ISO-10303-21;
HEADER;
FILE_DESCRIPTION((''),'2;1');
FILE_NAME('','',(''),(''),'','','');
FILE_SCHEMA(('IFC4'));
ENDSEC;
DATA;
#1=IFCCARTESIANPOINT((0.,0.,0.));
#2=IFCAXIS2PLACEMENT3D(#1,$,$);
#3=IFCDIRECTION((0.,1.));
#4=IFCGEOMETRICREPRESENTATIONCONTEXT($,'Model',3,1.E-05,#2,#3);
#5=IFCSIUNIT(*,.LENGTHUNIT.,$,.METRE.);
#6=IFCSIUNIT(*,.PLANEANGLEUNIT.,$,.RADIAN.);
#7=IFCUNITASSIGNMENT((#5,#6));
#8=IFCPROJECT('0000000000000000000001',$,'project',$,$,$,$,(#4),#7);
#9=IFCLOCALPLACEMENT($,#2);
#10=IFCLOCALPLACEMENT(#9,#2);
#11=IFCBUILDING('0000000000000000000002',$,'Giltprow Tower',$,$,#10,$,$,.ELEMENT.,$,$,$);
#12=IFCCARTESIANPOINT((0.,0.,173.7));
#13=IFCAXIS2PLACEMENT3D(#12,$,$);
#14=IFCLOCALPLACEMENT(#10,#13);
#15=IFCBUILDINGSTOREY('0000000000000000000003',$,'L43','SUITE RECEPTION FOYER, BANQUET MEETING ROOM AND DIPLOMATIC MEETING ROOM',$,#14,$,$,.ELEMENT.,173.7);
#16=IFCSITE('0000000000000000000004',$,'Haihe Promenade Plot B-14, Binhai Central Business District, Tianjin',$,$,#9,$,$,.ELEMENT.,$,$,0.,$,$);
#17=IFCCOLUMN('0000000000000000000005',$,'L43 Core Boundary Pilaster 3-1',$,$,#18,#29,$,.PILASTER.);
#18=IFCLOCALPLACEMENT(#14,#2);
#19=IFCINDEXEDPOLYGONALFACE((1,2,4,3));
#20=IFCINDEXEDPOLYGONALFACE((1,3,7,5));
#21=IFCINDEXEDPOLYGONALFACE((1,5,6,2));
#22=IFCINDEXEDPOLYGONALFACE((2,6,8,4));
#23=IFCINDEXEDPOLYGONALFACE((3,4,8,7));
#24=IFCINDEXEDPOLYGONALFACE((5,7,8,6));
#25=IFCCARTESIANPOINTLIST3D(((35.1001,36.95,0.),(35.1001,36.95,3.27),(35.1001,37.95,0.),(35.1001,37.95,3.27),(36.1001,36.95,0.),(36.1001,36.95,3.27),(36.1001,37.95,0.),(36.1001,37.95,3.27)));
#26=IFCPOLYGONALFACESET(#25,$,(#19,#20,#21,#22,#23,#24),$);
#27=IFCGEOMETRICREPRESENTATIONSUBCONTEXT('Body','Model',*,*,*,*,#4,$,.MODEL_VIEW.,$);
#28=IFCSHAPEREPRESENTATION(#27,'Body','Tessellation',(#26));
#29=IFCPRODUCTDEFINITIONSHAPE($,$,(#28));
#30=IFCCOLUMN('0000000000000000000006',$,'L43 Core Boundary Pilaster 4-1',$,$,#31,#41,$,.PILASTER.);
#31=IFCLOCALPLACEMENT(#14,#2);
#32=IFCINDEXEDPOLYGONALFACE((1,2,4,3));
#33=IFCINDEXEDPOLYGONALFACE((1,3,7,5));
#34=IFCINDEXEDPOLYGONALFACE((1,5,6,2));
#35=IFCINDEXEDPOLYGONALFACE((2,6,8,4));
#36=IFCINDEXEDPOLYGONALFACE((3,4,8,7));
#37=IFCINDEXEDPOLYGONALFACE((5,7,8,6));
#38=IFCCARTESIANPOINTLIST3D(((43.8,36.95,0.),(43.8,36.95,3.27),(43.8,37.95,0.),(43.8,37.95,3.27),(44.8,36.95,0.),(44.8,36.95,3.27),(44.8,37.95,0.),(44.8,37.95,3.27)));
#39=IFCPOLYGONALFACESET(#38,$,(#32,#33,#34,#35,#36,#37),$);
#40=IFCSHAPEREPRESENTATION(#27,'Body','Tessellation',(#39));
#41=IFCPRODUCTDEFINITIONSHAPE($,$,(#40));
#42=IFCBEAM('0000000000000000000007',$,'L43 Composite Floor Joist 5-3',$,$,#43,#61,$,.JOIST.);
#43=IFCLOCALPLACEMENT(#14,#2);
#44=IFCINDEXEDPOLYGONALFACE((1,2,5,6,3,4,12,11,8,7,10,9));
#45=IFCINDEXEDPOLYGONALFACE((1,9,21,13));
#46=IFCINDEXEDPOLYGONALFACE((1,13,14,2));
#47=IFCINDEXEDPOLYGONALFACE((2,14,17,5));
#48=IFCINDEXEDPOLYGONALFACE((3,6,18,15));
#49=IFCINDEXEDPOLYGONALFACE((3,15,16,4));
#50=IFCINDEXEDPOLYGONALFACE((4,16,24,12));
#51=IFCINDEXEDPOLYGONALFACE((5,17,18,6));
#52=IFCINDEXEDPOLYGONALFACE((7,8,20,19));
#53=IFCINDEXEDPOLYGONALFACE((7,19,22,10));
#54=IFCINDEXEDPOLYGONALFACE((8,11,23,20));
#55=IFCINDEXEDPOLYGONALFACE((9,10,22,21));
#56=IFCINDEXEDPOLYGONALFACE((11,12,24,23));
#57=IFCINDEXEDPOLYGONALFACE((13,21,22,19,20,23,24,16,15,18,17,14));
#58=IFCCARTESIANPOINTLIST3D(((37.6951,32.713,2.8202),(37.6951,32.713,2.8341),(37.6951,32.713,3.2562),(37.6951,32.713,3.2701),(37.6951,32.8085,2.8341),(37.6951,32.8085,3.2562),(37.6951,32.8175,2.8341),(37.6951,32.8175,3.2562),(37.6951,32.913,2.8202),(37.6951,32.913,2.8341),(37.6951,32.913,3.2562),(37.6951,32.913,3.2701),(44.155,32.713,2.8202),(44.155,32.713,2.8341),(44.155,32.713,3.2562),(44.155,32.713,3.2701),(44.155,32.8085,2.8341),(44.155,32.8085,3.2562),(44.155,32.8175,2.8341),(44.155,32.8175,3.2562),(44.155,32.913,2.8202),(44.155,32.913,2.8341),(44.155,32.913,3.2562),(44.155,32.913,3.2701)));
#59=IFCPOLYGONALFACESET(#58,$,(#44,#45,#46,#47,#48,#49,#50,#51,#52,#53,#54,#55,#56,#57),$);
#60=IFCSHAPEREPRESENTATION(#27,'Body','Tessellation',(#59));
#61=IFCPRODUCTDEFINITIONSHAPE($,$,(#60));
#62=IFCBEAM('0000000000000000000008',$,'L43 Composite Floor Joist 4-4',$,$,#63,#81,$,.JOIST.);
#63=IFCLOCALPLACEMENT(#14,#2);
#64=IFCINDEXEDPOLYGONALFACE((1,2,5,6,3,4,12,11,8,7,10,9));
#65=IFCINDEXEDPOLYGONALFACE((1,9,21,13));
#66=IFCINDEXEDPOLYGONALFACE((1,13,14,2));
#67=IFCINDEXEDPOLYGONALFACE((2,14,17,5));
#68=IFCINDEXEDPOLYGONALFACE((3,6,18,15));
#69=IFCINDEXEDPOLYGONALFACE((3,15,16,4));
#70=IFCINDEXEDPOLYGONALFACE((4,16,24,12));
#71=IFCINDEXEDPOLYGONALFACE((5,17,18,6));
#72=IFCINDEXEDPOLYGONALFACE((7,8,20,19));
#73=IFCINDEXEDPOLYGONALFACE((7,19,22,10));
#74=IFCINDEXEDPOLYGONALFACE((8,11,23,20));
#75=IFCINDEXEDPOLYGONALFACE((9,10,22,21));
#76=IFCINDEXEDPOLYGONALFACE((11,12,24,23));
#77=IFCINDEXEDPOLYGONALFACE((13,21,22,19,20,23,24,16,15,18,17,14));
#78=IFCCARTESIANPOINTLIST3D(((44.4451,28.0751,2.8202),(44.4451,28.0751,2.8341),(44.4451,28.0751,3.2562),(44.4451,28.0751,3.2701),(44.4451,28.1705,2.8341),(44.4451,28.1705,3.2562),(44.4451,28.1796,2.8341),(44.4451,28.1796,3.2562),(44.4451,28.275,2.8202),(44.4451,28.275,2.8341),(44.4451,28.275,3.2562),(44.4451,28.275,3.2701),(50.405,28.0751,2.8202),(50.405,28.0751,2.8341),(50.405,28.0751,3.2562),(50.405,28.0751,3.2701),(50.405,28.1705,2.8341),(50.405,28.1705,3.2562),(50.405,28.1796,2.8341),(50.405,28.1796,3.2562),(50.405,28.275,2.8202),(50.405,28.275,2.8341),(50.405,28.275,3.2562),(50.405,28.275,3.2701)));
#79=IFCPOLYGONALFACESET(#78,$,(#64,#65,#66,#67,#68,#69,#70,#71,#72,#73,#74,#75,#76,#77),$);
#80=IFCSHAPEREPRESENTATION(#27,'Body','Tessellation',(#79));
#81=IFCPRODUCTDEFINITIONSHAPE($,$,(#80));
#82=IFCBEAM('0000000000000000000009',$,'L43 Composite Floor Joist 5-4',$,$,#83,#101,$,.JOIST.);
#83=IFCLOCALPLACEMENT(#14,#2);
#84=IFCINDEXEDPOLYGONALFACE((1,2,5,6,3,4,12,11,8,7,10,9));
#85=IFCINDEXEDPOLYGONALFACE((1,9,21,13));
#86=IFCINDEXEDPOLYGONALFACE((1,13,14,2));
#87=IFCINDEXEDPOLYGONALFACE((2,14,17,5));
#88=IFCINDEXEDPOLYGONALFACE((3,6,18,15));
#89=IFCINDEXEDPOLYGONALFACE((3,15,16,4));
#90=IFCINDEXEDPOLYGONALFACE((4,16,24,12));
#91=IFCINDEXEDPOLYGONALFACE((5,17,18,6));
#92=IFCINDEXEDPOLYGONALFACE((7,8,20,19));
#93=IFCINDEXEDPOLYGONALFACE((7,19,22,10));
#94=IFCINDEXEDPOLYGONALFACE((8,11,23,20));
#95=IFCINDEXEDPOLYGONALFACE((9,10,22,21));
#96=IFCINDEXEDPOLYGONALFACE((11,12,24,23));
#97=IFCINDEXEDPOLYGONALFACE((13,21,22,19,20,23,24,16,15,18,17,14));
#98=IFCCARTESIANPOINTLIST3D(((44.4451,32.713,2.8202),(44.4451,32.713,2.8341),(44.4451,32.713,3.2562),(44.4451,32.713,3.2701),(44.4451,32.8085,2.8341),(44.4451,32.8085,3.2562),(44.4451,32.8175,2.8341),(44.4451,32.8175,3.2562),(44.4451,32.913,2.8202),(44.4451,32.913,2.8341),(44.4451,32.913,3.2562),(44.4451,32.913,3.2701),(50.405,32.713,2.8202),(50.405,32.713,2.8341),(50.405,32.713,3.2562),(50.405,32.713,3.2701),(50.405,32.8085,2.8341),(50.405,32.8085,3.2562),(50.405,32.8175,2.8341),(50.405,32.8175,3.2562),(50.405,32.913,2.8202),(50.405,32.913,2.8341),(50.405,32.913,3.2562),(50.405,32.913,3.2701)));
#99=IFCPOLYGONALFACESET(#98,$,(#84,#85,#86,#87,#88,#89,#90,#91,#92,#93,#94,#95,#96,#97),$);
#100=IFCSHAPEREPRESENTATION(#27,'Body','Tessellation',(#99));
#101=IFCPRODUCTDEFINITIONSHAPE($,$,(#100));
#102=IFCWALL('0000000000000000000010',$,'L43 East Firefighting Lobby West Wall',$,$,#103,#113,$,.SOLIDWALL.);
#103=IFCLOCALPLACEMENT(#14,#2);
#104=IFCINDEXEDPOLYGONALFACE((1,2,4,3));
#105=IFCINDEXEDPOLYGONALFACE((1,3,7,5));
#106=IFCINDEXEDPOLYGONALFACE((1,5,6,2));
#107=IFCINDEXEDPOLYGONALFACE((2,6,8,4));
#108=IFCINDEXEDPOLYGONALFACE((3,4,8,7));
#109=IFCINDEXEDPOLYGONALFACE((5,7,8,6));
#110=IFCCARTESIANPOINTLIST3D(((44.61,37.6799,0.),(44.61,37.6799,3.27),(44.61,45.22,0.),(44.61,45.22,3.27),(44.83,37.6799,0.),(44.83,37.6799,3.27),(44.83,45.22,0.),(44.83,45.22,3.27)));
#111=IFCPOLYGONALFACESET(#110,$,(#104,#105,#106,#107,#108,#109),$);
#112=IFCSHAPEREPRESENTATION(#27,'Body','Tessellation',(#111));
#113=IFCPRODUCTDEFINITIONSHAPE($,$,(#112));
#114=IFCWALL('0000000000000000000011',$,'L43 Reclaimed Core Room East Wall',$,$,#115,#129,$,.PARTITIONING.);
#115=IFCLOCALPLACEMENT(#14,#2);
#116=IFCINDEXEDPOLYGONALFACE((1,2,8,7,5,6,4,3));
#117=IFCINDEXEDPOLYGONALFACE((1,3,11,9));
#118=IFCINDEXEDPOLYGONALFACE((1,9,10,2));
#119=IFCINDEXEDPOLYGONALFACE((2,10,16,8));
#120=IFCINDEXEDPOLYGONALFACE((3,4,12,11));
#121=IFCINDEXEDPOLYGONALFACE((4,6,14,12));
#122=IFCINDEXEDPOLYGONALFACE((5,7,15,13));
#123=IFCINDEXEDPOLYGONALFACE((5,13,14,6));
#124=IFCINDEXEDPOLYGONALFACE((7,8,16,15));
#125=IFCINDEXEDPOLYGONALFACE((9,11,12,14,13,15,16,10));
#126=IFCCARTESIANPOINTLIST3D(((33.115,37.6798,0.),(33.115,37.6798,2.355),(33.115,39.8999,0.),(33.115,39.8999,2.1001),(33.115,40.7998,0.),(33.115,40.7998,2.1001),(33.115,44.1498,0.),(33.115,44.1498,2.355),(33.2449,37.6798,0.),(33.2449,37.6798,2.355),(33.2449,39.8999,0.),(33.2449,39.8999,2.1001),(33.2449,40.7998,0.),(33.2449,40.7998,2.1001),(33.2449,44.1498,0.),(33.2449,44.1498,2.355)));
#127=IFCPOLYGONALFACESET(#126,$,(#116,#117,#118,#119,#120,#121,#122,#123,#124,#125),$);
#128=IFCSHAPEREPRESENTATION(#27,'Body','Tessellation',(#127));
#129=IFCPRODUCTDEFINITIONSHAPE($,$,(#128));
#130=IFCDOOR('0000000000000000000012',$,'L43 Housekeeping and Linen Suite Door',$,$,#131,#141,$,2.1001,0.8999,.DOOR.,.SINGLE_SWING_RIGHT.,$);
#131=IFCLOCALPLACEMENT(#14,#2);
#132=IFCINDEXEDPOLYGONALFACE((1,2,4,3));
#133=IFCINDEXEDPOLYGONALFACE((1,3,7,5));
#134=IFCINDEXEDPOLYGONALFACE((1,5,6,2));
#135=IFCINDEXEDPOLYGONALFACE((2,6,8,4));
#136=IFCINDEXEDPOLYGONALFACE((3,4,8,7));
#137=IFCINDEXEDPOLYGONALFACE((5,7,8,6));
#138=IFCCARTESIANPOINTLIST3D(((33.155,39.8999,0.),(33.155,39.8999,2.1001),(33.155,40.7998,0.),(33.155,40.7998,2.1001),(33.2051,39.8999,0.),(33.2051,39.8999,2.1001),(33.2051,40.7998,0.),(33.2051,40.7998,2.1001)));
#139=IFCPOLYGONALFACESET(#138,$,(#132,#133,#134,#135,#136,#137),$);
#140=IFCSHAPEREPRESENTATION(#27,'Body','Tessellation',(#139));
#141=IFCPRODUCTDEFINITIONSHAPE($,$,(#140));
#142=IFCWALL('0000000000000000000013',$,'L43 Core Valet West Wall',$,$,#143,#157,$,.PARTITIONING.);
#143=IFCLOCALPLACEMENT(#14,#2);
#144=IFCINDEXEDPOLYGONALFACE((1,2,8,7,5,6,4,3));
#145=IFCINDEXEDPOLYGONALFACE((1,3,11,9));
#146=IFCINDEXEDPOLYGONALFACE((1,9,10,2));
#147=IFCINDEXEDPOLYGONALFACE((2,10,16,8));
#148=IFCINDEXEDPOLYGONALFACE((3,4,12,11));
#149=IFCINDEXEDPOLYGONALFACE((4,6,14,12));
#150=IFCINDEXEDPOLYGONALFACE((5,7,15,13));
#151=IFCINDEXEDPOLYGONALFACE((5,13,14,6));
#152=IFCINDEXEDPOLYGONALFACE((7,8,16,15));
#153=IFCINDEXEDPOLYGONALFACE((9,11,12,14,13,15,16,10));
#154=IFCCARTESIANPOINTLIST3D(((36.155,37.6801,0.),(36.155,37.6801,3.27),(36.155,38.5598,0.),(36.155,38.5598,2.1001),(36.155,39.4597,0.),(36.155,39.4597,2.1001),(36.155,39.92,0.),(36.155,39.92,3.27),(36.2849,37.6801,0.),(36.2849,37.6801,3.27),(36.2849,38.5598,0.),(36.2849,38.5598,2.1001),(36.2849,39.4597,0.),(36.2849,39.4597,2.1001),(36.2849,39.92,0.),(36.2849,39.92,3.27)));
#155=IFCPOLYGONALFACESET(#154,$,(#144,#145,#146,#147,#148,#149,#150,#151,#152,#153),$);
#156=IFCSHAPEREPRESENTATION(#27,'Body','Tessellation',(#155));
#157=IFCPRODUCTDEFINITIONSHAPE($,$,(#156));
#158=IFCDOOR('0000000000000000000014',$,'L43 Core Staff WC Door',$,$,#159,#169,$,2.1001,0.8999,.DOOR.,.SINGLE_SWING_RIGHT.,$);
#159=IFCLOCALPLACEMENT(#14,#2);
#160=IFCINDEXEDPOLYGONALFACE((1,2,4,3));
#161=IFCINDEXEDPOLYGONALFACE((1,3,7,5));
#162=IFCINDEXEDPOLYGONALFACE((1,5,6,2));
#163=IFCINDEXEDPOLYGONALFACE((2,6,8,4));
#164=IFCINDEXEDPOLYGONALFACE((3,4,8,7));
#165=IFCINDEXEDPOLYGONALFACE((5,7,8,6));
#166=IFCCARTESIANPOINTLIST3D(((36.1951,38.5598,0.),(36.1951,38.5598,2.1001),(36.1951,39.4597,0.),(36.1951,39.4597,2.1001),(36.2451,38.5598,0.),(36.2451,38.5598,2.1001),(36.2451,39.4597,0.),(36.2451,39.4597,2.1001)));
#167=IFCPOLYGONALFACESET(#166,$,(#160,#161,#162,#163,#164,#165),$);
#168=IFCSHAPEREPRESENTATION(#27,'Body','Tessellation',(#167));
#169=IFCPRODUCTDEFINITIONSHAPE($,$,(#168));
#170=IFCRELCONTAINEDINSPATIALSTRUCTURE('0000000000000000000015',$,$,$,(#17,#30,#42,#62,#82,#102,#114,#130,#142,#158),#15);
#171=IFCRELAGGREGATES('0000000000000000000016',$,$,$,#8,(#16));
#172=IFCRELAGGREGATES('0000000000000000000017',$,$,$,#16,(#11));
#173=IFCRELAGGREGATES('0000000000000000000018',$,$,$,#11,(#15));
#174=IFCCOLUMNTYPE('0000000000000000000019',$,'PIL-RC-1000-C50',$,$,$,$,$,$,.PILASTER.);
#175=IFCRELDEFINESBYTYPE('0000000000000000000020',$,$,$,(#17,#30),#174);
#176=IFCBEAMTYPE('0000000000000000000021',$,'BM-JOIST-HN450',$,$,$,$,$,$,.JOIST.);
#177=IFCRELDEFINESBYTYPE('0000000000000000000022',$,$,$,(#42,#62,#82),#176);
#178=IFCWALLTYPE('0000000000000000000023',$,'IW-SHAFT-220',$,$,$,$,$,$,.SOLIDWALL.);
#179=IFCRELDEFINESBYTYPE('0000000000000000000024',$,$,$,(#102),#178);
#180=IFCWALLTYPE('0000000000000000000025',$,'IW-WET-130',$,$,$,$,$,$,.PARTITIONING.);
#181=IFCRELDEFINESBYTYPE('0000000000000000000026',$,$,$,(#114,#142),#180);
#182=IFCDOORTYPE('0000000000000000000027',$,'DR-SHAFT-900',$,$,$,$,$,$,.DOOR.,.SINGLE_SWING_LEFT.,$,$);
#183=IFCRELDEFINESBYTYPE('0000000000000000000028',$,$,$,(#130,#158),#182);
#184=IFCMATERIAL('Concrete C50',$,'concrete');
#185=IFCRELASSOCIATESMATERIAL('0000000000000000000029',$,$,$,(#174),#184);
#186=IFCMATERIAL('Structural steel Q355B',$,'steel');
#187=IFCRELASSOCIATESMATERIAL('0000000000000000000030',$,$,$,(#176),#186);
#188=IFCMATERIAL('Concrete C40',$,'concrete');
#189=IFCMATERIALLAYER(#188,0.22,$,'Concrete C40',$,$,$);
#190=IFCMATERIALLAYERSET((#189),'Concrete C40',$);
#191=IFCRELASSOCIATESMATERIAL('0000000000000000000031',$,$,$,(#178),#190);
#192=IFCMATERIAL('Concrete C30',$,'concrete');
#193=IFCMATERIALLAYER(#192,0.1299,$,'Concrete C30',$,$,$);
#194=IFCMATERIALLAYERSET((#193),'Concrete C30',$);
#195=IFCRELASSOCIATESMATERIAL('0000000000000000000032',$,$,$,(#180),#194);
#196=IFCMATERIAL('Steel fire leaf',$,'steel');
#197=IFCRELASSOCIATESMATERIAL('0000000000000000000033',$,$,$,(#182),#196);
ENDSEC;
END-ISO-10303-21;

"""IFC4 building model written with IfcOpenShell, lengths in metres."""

from ifc_helpers import new_model, si_unit, direction, frame, frame_2d, origin, origin_2d, place, context, subcontext, project, spatial, rectangle, i_section, extrude, source, transform, mapped, material, layer, layer_set, material_profile, profile_set, type_object, element, fill, save


model = new_model("IFC4")

# Units and contexts
model_context = context("Model", 3, precision=1e-05, world=origin(), true_north=direction((0.0, 1.0)))
body_context = subcontext(model_context, "Body", "Model", "MODEL_VIEW")
ifc_project = project(units=[si_unit("LENGTHUNIT", "METRE"), si_unit("PLANEANGLEUNIT", "RADIAN")], contexts=[model_context])

# Site, building, storey
site_placement = place(None, origin())
site = spatial("IfcSite", under=ifc_project, at=site_placement, Name="Haihe Promenade Plot B-14, Binhai Central Business District, Tianjin", CompositionType="ELEMENT", RefElevation=0.0)
building_placement = place(site_placement, origin())
building = spatial("IfcBuilding", under=site, at=building_placement, Name="Giltprow Tower", CompositionType="ELEMENT")
storey_placement = place(building_placement, frame((0.0, 0.0, 173.7)))
storey = spatial("IfcBuildingStorey", under=building, at=storey_placement, Name="L43", Description="SUITE RECEPTION FOYER, BANQUET MEETING ROOM AND DIPLOMATIC MEETING ROOM", CompositionType="ELEMENT", Elevation=173.7)

# Columns
ifc_material_1 = material(Name="Concrete C50", Category="concrete")
ifc_material_profile_1 = material_profile(ifc_material_1, rectangle(XDim=1.0, YDim=1.0, at=origin_2d()), Name="RC 1000x1000")
ifc_profile_set_1 = profile_set([ifc_material_profile_1], Name="Concrete C50")
column_type = type_object("IfcColumnType", Name="PIL-RC-1000-C50", PredefinedType="PILASTER", material=ifc_profile_set_1)
shared_shape_1 = source(origin(), body_context, "Body", "SweptSolid", [
    extrude(rectangle(XDim=1.0, YDim=1.0, at=origin_2d()), origin(), (0.0, 0.0, 1.0), 3.27),
])
for number, where, z_axis, x_axis, name in (
    (1, (35.6001, 37.45, 0.0), (0.0, 0.0, 1.0), (1.0, 0.0, 0.0), "L43 Core Boundary Pilaster 3-1"),
    (2, (44.3, 37.45, 0.0), (0.0, 0.0, 1.0), (1.0, 0.0, 0.0), "L43 Core Boundary Pilaster 4-1"),
):
    element("IfcColumn", number, at=place(storey_placement, frame(where, z_axis=z_axis, x_axis=x_axis)), inside=storey, type_object=column_type, Name=name, PredefinedType="PILASTER", context=body_context, shape_type="MappedRepresentation", body=[
        mapped(shared_shape_1, transform((0.0, 0.0, 0.0), x_axis=(1.0, 0.0, 0.0), y_axis=(0.0, 1.0, 0.0), z_axis=(0.0, 0.0, 1.0), scale=1.0)),
    ])

# Beams
ifc_material_2 = material(Name="Structural steel Q355B", Category="steel")
ifc_material_profile_2 = material_profile(ifc_material_2, i_section(OverallWidth=0.2, OverallDepth=0.45, WebThickness=0.009, FlangeThickness=0.0139, at=origin_2d()), Name="HN 450x200x9x14")
ifc_profile_set_2 = profile_set([ifc_material_profile_2], Name="Structural steel Q355B")
beam_type = type_object("IfcBeamType", Name="BM-JOIST-HN450", PredefinedType="JOIST", material=ifc_profile_set_2)
shared_shape_2 = source(origin(), body_context, "Body", "SweptSolid", [
    extrude(i_section(OverallWidth=0.2, OverallDepth=0.45, WebThickness=0.009, FlangeThickness=0.0139, at=origin_2d()), origin(), (0.0, 0.0, 1.0), 6.46),
])
beam_placement = place(storey_placement, frame((37.6951, 32.813, 3.0452), z_axis=(1.0, 0.0, 0.0), x_axis=(0.0, 1.0, 0.0)))
element("IfcBeam", 3, at=beam_placement, inside=storey, type_object=beam_type, Name="L43 Composite Floor Joist 5-3", PredefinedType="JOIST", context=body_context, shape_type="MappedRepresentation", body=[
    mapped(shared_shape_2, transform((0.0, 0.0, 0.0), x_axis=(1.0, 0.0, 0.0), y_axis=(0.0, 1.0, 0.0), z_axis=(0.0, 0.0, 1.0), scale=1.0)),
])
shared_shape_3 = source(origin(), body_context, "Body", "SweptSolid", [
    extrude(i_section(OverallWidth=0.2, OverallDepth=0.45, WebThickness=0.009, FlangeThickness=0.0139, at=origin_2d()), origin(), (0.0, 0.0, 1.0), 5.96),
])
for number, where, z_axis, x_axis, name in (
    (4, (44.4451, 28.175, 3.0452), (1.0, 0.0, 0.0), (0.0, 1.0, 0.0), "L43 Composite Floor Joist 4-4"),
    (5, (44.4451, 32.813, 3.0452), (1.0, 0.0, 0.0), (0.0, 1.0, 0.0), "L43 Composite Floor Joist 5-4"),
):
    element("IfcBeam", number, at=place(storey_placement, frame(where, z_axis=z_axis, x_axis=x_axis)), inside=storey, type_object=beam_type, Name=name, PredefinedType="JOIST", context=body_context, shape_type="MappedRepresentation", body=[
        mapped(shared_shape_3, transform((0.0, 0.0, 0.0), x_axis=(1.0, 0.0, 0.0), y_axis=(0.0, 1.0, 0.0), z_axis=(0.0, 0.0, 1.0), scale=1.0)),
    ])

# Wall
ifc_material_3 = material(Name="Concrete C40", Category="concrete")
ifc_layer_1 = layer(ifc_material_3, 0.22, Name="Concrete C40")
ifc_layer_set_1 = layer_set([ifc_layer_1], Name="Concrete C40")
wall_type_1 = type_object("IfcWallType", Name="IW-SHAFT-220", PredefinedType="SOLIDWALL", material=ifc_layer_set_1)
wall_1_placement = place(storey_placement, frame((44.72, 37.6799, 0.0), z_axis=(0.0, 0.0, 1.0), x_axis=(0.0, 1.0, 0.0)))
element("IfcWall", 6, at=wall_1_placement, inside=storey, type_object=wall_type_1, Name="L43 East Firefighting Lobby West Wall", PredefinedType="SOLIDWALL", context=body_context, shape_type="SweptSolid", body=[
    extrude(rectangle(XDim=7.54, YDim=0.22, at=frame_2d((3.77, 0.0))), origin(), (0.0, 0.0, 1.0), 3.27),
])

# Walls, openings, doors
ifc_material_4 = material(Name="Concrete C30", Category="concrete")
ifc_layer_2 = layer(ifc_material_4, 0.1299, Name="Concrete C30")
ifc_layer_set_2 = layer_set([ifc_layer_2], Name="Concrete C30")
wall_type_2 = type_object("IfcWallType", Name="IW-WET-130", PredefinedType="PARTITIONING", material=ifc_layer_set_2)
wall_2_placement = place(storey_placement, frame((33.1799, 37.6799, 0.0), z_axis=(0.0, 0.0, 1.0), x_axis=(0.0, 1.0, 0.0)))
wall_2 = element("IfcWall", 7, at=wall_2_placement, inside=storey, type_object=wall_type_2, Name="L43 Reclaimed Core Room East Wall", PredefinedType="PARTITIONING", context=body_context, shape_type="SweptSolid", body=[
    extrude(rectangle(XDim=6.47, YDim=0.1299, at=frame_2d((3.2349, 0.0))), origin(), (0.0, 0.0, 1.0), 2.355),
])
opening_1_placement = place(wall_2_placement, frame((2.22, 0.0, 0.0)))
opening_1 = element("IfcOpeningElement", 8, at=opening_1_placement, cuts=wall_2, PredefinedType="OPENING", context=body_context, shape_type="SweptSolid", body=[
    extrude(rectangle(XDim=0.8999, YDim=2.1001, at=frame_2d((0.45, 1.05))), frame((0.0, 0.075, 0.0), z_axis=(0.0, -1.0, 0.0), x_axis=(1.0, 0.0, 0.0)), (0.0, 0.0, 1.0), 0.1499),
])
ifc_material_5 = material(Name="Steel fire leaf", Category="steel")
door_type_1 = type_object("IfcDoorType", Name="DR-SHAFT-900", OperationType="SINGLE_SWING_LEFT", PredefinedType="DOOR", material=ifc_material_5)
shared_shape_4 = source(origin(), body_context, "Body", "SweptSolid", [
    extrude(rectangle(XDim=0.8999, YDim=2.1001, at=frame_2d((0.45, 1.05))), frame((0.0, 0.0249, 0.0), z_axis=(0.0, -1.0, 0.0), x_axis=(1.0, 0.0, 0.0)), (0.0, 0.0, 1.0), 0.05),
])
door_1_placement = place(opening_1_placement, origin())
door_1 = element("IfcDoor", 9, at=door_1_placement, inside=storey, type_object=door_type_1, Name="L43 Housekeeping and Linen Suite Door", OperationType="SINGLE_SWING_RIGHT", OverallHeight=2.1001, OverallWidth=0.8999, PredefinedType="DOOR", context=body_context, shape_type="MappedRepresentation", body=[
    mapped(shared_shape_4, transform((0.0, 0.0, 0.0), x_axis=(1.0, 0.0, 0.0), y_axis=(0.0, 1.0, 0.0), z_axis=(0.0, 0.0, 1.0), scale=1.0)),
])
fill(opening_1, door_1)
wall_3_placement = place(storey_placement, frame((36.22, 37.6799, 0.0), z_axis=(0.0, 0.0, 1.0), x_axis=(0.0, 1.0, 0.0)))
wall_3 = element("IfcWall", 10, at=wall_3_placement, inside=storey, type_object=wall_type_2, Name="L43 Core Valet West Wall", PredefinedType="PARTITIONING", context=body_context, shape_type="SweptSolid", body=[
    extrude(rectangle(XDim=2.24, YDim=0.1299, at=frame_2d((1.1201, 0.0))), origin(), (0.0, 0.0, 1.0), 3.27),
])
opening_2_placement = place(wall_3_placement, frame((0.8799, 0.0, 0.0)))
opening_2 = element("IfcOpeningElement", 11, at=opening_2_placement, cuts=wall_3, PredefinedType="OPENING", context=body_context, shape_type="SweptSolid", body=[
    extrude(rectangle(XDim=0.8999, YDim=2.1001, at=frame_2d((0.45, 1.05))), frame((0.0, 0.075, 0.0), z_axis=(0.0, -1.0, 0.0), x_axis=(1.0, 0.0, 0.0)), (0.0, 0.0, 1.0), 0.1499),
])
door_2_placement = place(opening_2_placement, origin())
door_2 = element("IfcDoor", 12, at=door_2_placement, inside=storey, type_object=door_type_1, Name="L43 Core Staff WC Door", OperationType="SINGLE_SWING_RIGHT", OverallHeight=2.1001, OverallWidth=0.8999, PredefinedType="DOOR", context=body_context, shape_type="MappedRepresentation", body=[
    mapped(shared_shape_4, transform((0.0, 0.0, 0.0), x_axis=(1.0, 0.0, 0.0), y_axis=(0.0, 1.0, 0.0), z_axis=(0.0, 0.0, 1.0), scale=1.0)),
])
fill(opening_2, door_2)

save(model, "model.ifc")
